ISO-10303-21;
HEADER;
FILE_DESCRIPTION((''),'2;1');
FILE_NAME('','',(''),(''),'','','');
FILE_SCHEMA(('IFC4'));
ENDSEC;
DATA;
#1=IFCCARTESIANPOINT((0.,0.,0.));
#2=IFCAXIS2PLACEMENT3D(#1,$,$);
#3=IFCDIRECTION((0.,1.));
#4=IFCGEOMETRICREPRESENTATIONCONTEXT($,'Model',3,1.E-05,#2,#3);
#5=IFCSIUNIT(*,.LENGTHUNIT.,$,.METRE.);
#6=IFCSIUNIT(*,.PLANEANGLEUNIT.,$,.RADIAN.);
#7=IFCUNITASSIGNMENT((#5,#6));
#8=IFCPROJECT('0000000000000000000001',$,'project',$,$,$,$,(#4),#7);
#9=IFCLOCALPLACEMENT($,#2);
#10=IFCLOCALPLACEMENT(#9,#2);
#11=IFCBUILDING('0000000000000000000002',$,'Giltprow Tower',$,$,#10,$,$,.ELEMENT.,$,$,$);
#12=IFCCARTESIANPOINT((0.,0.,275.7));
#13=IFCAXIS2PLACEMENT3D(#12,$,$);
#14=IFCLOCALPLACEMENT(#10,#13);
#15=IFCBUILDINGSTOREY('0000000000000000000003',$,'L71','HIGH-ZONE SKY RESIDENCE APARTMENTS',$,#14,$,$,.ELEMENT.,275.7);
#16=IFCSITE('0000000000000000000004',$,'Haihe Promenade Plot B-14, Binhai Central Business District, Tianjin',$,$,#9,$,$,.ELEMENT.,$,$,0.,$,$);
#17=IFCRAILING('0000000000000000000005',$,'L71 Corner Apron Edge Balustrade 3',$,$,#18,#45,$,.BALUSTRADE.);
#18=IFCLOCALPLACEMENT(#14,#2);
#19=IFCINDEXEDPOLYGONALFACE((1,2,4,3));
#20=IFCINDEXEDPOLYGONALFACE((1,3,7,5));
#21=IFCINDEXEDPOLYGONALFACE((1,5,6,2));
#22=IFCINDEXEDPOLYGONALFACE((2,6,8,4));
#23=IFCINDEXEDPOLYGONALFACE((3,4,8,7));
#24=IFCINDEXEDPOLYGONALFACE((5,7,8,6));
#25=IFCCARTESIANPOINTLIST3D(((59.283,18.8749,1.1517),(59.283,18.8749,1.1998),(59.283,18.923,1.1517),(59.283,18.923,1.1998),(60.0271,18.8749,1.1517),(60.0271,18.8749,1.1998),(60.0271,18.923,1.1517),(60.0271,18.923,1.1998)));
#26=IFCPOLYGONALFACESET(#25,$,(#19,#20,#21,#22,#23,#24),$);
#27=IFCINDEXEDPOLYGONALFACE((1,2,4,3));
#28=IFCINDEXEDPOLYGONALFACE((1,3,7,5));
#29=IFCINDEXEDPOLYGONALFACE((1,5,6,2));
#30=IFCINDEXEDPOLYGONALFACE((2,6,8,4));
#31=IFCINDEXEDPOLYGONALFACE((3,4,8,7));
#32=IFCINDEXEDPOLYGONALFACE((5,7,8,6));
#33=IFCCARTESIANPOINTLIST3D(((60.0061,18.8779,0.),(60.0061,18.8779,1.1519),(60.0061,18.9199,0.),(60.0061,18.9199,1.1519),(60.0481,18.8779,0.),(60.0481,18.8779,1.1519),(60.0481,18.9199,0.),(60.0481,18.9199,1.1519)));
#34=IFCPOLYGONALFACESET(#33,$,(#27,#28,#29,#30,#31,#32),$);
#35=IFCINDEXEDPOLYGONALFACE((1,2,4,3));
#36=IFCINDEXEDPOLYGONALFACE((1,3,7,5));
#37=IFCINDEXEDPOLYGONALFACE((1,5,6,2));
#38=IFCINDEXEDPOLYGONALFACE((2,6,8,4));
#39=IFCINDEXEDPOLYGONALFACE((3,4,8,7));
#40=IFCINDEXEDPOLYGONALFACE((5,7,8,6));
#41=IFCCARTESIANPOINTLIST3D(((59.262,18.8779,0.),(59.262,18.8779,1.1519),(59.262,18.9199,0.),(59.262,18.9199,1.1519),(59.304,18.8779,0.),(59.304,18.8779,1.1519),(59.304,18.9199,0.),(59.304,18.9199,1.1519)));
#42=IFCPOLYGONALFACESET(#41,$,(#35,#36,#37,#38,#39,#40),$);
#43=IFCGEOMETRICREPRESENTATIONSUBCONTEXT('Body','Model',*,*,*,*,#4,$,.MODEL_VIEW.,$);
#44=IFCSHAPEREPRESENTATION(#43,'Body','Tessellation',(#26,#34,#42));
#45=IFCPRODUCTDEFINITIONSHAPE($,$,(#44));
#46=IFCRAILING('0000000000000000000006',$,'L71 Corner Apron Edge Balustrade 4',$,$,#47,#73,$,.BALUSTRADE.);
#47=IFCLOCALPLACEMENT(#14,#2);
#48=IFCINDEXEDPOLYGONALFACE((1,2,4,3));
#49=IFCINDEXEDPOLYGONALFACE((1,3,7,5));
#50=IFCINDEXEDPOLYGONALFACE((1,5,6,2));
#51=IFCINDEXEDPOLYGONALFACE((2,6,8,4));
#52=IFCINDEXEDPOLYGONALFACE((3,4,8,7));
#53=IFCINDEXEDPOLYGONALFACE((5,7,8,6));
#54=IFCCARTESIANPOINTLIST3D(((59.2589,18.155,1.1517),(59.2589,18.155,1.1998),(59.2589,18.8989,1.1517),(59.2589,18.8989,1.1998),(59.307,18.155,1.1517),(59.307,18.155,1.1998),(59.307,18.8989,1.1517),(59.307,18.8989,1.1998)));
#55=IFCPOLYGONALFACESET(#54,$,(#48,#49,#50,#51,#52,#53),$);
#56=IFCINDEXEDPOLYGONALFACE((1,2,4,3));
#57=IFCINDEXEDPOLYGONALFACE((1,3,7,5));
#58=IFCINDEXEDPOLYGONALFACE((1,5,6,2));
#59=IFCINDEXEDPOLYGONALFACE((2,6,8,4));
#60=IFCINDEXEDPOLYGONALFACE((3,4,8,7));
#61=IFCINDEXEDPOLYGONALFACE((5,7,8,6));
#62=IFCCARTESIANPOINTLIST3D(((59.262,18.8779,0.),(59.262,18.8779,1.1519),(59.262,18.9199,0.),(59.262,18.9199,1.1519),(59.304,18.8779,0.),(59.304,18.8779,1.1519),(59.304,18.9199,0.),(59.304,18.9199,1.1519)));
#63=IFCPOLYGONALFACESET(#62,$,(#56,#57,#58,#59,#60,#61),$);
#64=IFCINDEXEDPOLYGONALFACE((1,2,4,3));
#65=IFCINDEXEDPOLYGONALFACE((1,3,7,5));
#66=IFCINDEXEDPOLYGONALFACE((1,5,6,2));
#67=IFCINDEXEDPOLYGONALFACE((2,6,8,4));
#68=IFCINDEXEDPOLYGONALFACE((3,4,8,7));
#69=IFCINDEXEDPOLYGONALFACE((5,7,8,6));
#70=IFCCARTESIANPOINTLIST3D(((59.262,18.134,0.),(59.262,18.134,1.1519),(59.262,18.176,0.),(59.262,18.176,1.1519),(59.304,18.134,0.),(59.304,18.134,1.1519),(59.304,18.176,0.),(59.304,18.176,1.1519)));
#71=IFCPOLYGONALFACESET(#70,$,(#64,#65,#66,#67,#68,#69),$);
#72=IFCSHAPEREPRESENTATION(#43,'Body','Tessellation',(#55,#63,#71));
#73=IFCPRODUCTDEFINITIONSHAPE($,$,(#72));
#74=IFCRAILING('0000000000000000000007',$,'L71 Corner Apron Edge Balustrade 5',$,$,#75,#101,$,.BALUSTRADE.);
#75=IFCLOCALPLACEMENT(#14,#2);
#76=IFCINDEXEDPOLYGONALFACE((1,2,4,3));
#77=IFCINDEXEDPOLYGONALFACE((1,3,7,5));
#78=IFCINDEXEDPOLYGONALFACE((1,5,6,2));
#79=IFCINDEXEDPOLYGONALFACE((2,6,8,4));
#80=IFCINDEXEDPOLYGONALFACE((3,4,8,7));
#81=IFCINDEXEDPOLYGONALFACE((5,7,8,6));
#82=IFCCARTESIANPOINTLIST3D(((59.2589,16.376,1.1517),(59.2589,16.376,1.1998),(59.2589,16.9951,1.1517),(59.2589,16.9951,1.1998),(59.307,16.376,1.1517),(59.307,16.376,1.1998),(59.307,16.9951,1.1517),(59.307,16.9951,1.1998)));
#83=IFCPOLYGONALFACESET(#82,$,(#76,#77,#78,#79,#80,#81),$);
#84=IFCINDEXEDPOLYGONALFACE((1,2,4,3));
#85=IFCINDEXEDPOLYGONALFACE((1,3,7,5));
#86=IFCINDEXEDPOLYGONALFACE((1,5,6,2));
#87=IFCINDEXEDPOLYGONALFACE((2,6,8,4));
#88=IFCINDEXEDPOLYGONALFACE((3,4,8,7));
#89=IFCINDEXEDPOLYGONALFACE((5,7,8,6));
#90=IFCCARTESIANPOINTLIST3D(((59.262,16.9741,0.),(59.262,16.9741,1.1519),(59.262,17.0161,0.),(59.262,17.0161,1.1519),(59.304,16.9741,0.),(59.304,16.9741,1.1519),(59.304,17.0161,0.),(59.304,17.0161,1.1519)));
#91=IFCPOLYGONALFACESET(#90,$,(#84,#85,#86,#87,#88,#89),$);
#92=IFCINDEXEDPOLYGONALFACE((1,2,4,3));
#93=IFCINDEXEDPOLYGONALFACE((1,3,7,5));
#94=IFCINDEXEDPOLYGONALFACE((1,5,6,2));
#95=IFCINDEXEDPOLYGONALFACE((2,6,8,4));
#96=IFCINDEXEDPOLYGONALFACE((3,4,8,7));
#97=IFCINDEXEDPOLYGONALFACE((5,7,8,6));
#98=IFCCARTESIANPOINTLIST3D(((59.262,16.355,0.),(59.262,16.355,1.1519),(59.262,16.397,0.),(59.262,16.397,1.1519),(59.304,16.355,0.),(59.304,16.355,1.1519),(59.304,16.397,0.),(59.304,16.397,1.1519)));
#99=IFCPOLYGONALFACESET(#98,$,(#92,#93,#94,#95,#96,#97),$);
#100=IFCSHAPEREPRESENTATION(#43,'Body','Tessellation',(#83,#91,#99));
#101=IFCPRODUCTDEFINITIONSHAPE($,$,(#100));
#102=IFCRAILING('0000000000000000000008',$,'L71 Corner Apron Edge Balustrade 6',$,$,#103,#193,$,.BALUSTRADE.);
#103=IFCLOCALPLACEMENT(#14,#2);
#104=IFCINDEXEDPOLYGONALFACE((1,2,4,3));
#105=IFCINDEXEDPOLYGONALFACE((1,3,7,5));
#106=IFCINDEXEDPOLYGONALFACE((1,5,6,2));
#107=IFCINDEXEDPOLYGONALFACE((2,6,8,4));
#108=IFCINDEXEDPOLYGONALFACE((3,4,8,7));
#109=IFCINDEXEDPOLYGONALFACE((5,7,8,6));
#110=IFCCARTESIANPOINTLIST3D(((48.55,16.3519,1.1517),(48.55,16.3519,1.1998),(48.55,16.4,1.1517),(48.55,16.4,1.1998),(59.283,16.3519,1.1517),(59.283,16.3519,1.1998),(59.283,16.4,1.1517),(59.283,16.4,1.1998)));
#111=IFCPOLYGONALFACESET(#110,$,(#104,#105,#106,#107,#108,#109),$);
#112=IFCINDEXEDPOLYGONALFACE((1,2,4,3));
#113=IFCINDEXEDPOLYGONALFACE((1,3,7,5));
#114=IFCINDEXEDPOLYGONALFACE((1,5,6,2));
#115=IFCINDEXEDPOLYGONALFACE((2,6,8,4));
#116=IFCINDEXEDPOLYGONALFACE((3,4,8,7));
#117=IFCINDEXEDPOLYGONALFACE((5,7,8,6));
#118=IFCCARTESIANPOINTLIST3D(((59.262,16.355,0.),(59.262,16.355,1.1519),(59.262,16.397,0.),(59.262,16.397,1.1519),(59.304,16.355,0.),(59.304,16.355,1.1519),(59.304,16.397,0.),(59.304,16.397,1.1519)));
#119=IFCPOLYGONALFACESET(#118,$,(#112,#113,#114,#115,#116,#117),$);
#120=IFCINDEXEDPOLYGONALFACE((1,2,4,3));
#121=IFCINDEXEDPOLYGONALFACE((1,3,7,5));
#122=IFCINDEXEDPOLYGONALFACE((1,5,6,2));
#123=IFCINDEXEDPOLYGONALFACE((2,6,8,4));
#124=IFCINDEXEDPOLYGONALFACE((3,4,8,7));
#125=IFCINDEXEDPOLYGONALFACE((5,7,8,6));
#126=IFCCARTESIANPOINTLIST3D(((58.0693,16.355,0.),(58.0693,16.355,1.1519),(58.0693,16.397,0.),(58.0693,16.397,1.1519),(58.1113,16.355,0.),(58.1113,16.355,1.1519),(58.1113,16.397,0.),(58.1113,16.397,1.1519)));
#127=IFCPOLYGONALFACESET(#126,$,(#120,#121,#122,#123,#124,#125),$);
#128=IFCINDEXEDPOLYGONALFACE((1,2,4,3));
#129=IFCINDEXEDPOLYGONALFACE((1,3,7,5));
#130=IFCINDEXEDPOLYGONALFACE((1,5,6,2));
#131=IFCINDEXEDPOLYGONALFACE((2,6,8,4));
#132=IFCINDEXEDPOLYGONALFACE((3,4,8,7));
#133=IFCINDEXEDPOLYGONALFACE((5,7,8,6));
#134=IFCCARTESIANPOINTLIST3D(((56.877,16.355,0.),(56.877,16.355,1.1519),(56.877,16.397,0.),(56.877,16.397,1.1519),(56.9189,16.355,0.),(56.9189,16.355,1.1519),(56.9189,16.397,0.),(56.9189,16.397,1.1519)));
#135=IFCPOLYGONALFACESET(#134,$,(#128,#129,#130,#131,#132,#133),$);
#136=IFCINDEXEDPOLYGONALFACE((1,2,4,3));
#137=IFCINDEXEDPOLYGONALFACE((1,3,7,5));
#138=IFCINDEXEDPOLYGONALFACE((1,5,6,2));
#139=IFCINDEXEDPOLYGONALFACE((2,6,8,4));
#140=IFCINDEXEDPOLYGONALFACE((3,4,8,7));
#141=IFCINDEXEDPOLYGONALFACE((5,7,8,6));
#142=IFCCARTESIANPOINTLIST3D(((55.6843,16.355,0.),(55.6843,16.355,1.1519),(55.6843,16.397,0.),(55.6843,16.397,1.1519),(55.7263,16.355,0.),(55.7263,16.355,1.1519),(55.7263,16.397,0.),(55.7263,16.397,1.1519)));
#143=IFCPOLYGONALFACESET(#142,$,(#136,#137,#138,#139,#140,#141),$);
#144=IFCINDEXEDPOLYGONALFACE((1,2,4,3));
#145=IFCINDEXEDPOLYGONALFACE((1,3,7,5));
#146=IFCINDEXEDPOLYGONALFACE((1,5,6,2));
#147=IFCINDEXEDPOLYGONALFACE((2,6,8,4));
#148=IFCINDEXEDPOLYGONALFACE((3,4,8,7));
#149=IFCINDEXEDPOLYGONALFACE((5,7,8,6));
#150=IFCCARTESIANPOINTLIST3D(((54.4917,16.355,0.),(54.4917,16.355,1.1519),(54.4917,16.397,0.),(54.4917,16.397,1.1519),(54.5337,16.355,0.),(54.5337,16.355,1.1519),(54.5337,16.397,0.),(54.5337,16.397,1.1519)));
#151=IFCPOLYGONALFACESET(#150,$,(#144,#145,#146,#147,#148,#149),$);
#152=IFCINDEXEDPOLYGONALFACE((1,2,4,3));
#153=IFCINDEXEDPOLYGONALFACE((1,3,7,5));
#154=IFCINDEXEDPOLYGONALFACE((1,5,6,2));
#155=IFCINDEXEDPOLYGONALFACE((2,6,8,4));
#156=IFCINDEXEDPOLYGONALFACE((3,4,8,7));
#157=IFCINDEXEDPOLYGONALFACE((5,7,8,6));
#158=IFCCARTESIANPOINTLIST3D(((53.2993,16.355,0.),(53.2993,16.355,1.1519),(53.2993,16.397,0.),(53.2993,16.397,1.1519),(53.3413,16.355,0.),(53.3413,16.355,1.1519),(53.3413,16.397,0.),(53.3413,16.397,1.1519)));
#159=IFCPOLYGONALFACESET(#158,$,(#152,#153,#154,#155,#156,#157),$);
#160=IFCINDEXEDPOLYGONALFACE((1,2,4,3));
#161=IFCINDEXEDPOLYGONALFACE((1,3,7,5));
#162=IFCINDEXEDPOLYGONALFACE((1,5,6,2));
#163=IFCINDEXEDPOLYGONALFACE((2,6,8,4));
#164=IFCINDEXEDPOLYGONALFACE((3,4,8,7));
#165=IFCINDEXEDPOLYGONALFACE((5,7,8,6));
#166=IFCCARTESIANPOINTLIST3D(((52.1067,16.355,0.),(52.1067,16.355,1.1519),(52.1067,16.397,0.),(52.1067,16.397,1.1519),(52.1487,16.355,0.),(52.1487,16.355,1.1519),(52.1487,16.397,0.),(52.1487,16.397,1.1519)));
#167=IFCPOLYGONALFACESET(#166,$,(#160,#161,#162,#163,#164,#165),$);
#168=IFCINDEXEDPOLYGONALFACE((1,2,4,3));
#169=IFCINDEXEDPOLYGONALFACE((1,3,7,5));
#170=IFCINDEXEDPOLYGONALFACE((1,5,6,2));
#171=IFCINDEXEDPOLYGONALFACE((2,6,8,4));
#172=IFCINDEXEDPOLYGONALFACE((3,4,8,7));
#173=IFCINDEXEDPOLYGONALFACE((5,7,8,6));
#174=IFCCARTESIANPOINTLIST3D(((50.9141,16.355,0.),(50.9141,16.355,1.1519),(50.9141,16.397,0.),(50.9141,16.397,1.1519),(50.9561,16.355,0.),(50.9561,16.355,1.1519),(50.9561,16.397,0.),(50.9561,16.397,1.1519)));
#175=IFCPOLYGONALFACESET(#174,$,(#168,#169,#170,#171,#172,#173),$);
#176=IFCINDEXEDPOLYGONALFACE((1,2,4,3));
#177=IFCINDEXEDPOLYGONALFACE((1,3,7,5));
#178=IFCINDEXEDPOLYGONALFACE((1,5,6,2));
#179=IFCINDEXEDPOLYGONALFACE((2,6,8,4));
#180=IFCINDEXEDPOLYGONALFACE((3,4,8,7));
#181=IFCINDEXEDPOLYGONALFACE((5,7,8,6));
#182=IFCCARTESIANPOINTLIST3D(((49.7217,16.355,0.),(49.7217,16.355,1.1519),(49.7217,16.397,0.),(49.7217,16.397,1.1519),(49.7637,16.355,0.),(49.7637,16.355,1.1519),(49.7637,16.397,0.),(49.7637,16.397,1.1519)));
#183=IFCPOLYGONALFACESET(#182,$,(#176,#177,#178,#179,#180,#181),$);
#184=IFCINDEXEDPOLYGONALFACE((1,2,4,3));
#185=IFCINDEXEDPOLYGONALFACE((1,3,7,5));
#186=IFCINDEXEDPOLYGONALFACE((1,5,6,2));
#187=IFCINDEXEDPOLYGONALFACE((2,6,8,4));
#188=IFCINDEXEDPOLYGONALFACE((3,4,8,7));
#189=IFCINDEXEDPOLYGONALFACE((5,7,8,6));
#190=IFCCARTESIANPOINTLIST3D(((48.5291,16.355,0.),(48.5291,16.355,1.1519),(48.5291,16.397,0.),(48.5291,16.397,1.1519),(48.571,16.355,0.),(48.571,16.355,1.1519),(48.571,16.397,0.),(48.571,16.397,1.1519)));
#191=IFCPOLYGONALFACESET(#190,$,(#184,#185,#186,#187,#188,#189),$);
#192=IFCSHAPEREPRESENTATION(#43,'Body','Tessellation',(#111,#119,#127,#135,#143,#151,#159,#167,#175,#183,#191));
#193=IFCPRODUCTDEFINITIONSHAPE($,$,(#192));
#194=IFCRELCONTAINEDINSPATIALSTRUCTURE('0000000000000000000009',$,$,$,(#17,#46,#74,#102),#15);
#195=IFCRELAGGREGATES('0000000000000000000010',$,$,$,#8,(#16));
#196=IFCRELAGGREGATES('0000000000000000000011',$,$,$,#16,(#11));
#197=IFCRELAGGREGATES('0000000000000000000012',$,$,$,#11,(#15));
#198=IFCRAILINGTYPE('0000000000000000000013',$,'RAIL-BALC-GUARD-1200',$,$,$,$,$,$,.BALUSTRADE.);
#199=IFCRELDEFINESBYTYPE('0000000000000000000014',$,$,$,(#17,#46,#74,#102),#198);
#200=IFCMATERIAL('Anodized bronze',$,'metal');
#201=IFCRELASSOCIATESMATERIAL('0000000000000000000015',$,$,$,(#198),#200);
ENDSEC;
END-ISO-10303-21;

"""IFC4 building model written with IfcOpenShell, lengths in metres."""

from ifc_helpers import new_model, si_unit, direction, frame, origin, origin_2d, place, context, subcontext, project, spatial, rectangle, extrude, material, type_object, element, save


model = new_model("IFC4")

# Units and contexts
model_context = context("Model", 3, precision=1e-05, world=origin(), true_north=direction((0.0, 1.0)))
body_context = subcontext(model_context, "Body", "Model", "MODEL_VIEW")
ifc_project = project(units=[si_unit("LENGTHUNIT", "METRE"), si_unit("PLANEANGLEUNIT", "RADIAN")], contexts=[model_context])

# Site, building, storey
site_placement = place(None, origin())
site = spatial("IfcSite", under=ifc_project, at=site_placement, Name="Haihe Promenade Plot B-14, Binhai Central Business District, Tianjin", CompositionType="ELEMENT", RefElevation=0.0)
building_placement = place(site_placement, origin())
building = spatial("IfcBuilding", under=site, at=building_placement, Name="Giltprow Tower", CompositionType="ELEMENT")
storey_placement = place(building_placement, frame((0.0, 0.0, 275.7)))
storey = spatial("IfcBuildingStorey", under=building, at=storey_placement, Name="L71", Description="HIGH-ZONE SKY RESIDENCE APARTMENTS", CompositionType="ELEMENT", Elevation=275.7)

# Shared definitions
ifc_material_1 = material(Name="Anodized bronze", Category="metal")

# Railings
railing_type = type_object("IfcRailingType", Name="RAIL-BALC-GUARD-1200", PredefinedType="BALUSTRADE", material=ifc_material_1)
railing_1_placement = place(storey_placement, frame((60.0271, 18.8989, 0.0)))
element("IfcRailing", 1, at=railing_1_placement, inside=storey, type_object=railing_type, Name="L71 Corner Apron Edge Balustrade 3", PredefinedType="BALUSTRADE", context=body_context, shape_type="SweptSolid", body=[
    extrude(rectangle(XDim=0.0481, YDim=0.0481, at=origin_2d()), frame((0.0, 0.0, 1.1758), z_axis=(-1.0, 0.0, 0.0), x_axis=(0.0, -1.0, 0.0)), (0.0, 0.0, 1.0), 0.7441),
    extrude(rectangle(XDim=0.042, YDim=0.042, at=origin_2d()), origin(), (0.0, 0.0, 1.0), 1.1519),
    extrude(rectangle(XDim=0.042, YDim=0.042, at=origin_2d()), frame((-0.7441, 0.0, 0.0)), (0.0, 0.0, 1.0), 1.1519),
])
railing_2_placement = place(storey_placement, frame((59.283, 18.8989, 0.0)))
element("IfcRailing", 2, at=railing_2_placement, inside=storey, type_object=railing_type, Name="L71 Corner Apron Edge Balustrade 4", PredefinedType="BALUSTRADE", context=body_context, shape_type="SweptSolid", body=[
    extrude(rectangle(XDim=0.0481, YDim=0.0481, at=origin_2d()), frame((0.0, 0.0, 1.1758), z_axis=(0.0, -1.0, 0.0), x_axis=(1.0, 0.0, 0.0)), (0.0, 0.0, 1.0), 0.7439),
    extrude(rectangle(XDim=0.042, YDim=0.042, at=origin_2d()), origin(), (0.0, 0.0, 1.0), 1.1519),
    extrude(rectangle(XDim=0.042, YDim=0.042, at=origin_2d()), frame((0.0, -0.7439, 0.0)), (0.0, 0.0, 1.0), 1.1519),
])
railing_3_placement = place(storey_placement, frame((59.283, 16.9951, 0.0)))
element("IfcRailing", 3, at=railing_3_placement, inside=storey, type_object=railing_type, Name="L71 Corner Apron Edge Balustrade 5", PredefinedType="BALUSTRADE", context=body_context, shape_type="SweptSolid", body=[
    extrude(rectangle(XDim=0.0481, YDim=0.0481, at=origin_2d()), frame((0.0, 0.0, 1.1758), z_axis=(0.0, -1.0, 0.0), x_axis=(1.0, 0.0, 0.0)), (0.0, 0.0, 1.0), 0.6191),
    extrude(rectangle(XDim=0.042, YDim=0.042, at=origin_2d()), origin(), (0.0, 0.0, 1.0), 1.1519),
    extrude(rectangle(XDim=0.042, YDim=0.042, at=origin_2d()), frame((0.0, -0.6191, 0.0)), (0.0, 0.0, 1.0), 1.1519),
])
railing_4_placement = place(storey_placement, frame((59.283, 16.376, 0.0)))
element("IfcRailing", 4, at=railing_4_placement, inside=storey, type_object=railing_type, Name="L71 Corner Apron Edge Balustrade 6", PredefinedType="BALUSTRADE", context=body_context, shape_type="SweptSolid", body=[
    extrude(rectangle(XDim=0.0481, YDim=0.0481, at=origin_2d()), frame((0.0, 0.0, 1.1758), z_axis=(-1.0, 0.0, 0.0), x_axis=(0.0, -1.0, 0.0)), (0.0, 0.0, 1.0), 10.7329),
    extrude(rectangle(XDim=0.042, YDim=0.042, at=origin_2d()), origin(), (0.0, 0.0, 1.0), 1.1519),
    extrude(rectangle(XDim=0.042, YDim=0.042, at=origin_2d()), frame((-1.1926, 0.0, 0.0)), (0.0, 0.0, 1.0), 1.1519),
    extrude(rectangle(XDim=0.042, YDim=0.042, at=origin_2d()), frame((-2.385, 0.0, 0.0)), (0.0, 0.0, 1.0), 1.1519),
    extrude(rectangle(XDim=0.042, YDim=0.042, at=origin_2d()), frame((-3.5776, 0.0, 0.0)), (0.0, 0.0, 1.0), 1.1519),
    extrude(rectangle(XDim=0.042, YDim=0.042, at=origin_2d()), frame((-4.7703, 0.0, 0.0)), (0.0, 0.0, 1.0), 1.1519),
    extrude(rectangle(XDim=0.042, YDim=0.042, at=origin_2d()), frame((-5.9626, 0.0, 0.0)), (0.0, 0.0, 1.0), 1.1519),
    extrude(rectangle(XDim=0.042, YDim=0.042, at=origin_2d()), frame((-7.1553, 0.0, 0.0)), (0.0, 0.0, 1.0), 1.1519),
    extrude(rectangle(XDim=0.042, YDim=0.042, at=origin_2d()), frame((-8.3479, 0.0, 0.0)), (0.0, 0.0, 1.0), 1.1519),
    extrude(rectangle(XDim=0.042, YDim=0.042, at=origin_2d()), frame((-9.5403, 0.0, 0.0)), (0.0, 0.0, 1.0), 1.1519),
    extrude(rectangle(XDim=0.042, YDim=0.042, at=origin_2d()), frame((-10.7329, 0.0, 0.0)), (0.0, 0.0, 1.0), 1.1519),
])

save(model, "model.ifc")
